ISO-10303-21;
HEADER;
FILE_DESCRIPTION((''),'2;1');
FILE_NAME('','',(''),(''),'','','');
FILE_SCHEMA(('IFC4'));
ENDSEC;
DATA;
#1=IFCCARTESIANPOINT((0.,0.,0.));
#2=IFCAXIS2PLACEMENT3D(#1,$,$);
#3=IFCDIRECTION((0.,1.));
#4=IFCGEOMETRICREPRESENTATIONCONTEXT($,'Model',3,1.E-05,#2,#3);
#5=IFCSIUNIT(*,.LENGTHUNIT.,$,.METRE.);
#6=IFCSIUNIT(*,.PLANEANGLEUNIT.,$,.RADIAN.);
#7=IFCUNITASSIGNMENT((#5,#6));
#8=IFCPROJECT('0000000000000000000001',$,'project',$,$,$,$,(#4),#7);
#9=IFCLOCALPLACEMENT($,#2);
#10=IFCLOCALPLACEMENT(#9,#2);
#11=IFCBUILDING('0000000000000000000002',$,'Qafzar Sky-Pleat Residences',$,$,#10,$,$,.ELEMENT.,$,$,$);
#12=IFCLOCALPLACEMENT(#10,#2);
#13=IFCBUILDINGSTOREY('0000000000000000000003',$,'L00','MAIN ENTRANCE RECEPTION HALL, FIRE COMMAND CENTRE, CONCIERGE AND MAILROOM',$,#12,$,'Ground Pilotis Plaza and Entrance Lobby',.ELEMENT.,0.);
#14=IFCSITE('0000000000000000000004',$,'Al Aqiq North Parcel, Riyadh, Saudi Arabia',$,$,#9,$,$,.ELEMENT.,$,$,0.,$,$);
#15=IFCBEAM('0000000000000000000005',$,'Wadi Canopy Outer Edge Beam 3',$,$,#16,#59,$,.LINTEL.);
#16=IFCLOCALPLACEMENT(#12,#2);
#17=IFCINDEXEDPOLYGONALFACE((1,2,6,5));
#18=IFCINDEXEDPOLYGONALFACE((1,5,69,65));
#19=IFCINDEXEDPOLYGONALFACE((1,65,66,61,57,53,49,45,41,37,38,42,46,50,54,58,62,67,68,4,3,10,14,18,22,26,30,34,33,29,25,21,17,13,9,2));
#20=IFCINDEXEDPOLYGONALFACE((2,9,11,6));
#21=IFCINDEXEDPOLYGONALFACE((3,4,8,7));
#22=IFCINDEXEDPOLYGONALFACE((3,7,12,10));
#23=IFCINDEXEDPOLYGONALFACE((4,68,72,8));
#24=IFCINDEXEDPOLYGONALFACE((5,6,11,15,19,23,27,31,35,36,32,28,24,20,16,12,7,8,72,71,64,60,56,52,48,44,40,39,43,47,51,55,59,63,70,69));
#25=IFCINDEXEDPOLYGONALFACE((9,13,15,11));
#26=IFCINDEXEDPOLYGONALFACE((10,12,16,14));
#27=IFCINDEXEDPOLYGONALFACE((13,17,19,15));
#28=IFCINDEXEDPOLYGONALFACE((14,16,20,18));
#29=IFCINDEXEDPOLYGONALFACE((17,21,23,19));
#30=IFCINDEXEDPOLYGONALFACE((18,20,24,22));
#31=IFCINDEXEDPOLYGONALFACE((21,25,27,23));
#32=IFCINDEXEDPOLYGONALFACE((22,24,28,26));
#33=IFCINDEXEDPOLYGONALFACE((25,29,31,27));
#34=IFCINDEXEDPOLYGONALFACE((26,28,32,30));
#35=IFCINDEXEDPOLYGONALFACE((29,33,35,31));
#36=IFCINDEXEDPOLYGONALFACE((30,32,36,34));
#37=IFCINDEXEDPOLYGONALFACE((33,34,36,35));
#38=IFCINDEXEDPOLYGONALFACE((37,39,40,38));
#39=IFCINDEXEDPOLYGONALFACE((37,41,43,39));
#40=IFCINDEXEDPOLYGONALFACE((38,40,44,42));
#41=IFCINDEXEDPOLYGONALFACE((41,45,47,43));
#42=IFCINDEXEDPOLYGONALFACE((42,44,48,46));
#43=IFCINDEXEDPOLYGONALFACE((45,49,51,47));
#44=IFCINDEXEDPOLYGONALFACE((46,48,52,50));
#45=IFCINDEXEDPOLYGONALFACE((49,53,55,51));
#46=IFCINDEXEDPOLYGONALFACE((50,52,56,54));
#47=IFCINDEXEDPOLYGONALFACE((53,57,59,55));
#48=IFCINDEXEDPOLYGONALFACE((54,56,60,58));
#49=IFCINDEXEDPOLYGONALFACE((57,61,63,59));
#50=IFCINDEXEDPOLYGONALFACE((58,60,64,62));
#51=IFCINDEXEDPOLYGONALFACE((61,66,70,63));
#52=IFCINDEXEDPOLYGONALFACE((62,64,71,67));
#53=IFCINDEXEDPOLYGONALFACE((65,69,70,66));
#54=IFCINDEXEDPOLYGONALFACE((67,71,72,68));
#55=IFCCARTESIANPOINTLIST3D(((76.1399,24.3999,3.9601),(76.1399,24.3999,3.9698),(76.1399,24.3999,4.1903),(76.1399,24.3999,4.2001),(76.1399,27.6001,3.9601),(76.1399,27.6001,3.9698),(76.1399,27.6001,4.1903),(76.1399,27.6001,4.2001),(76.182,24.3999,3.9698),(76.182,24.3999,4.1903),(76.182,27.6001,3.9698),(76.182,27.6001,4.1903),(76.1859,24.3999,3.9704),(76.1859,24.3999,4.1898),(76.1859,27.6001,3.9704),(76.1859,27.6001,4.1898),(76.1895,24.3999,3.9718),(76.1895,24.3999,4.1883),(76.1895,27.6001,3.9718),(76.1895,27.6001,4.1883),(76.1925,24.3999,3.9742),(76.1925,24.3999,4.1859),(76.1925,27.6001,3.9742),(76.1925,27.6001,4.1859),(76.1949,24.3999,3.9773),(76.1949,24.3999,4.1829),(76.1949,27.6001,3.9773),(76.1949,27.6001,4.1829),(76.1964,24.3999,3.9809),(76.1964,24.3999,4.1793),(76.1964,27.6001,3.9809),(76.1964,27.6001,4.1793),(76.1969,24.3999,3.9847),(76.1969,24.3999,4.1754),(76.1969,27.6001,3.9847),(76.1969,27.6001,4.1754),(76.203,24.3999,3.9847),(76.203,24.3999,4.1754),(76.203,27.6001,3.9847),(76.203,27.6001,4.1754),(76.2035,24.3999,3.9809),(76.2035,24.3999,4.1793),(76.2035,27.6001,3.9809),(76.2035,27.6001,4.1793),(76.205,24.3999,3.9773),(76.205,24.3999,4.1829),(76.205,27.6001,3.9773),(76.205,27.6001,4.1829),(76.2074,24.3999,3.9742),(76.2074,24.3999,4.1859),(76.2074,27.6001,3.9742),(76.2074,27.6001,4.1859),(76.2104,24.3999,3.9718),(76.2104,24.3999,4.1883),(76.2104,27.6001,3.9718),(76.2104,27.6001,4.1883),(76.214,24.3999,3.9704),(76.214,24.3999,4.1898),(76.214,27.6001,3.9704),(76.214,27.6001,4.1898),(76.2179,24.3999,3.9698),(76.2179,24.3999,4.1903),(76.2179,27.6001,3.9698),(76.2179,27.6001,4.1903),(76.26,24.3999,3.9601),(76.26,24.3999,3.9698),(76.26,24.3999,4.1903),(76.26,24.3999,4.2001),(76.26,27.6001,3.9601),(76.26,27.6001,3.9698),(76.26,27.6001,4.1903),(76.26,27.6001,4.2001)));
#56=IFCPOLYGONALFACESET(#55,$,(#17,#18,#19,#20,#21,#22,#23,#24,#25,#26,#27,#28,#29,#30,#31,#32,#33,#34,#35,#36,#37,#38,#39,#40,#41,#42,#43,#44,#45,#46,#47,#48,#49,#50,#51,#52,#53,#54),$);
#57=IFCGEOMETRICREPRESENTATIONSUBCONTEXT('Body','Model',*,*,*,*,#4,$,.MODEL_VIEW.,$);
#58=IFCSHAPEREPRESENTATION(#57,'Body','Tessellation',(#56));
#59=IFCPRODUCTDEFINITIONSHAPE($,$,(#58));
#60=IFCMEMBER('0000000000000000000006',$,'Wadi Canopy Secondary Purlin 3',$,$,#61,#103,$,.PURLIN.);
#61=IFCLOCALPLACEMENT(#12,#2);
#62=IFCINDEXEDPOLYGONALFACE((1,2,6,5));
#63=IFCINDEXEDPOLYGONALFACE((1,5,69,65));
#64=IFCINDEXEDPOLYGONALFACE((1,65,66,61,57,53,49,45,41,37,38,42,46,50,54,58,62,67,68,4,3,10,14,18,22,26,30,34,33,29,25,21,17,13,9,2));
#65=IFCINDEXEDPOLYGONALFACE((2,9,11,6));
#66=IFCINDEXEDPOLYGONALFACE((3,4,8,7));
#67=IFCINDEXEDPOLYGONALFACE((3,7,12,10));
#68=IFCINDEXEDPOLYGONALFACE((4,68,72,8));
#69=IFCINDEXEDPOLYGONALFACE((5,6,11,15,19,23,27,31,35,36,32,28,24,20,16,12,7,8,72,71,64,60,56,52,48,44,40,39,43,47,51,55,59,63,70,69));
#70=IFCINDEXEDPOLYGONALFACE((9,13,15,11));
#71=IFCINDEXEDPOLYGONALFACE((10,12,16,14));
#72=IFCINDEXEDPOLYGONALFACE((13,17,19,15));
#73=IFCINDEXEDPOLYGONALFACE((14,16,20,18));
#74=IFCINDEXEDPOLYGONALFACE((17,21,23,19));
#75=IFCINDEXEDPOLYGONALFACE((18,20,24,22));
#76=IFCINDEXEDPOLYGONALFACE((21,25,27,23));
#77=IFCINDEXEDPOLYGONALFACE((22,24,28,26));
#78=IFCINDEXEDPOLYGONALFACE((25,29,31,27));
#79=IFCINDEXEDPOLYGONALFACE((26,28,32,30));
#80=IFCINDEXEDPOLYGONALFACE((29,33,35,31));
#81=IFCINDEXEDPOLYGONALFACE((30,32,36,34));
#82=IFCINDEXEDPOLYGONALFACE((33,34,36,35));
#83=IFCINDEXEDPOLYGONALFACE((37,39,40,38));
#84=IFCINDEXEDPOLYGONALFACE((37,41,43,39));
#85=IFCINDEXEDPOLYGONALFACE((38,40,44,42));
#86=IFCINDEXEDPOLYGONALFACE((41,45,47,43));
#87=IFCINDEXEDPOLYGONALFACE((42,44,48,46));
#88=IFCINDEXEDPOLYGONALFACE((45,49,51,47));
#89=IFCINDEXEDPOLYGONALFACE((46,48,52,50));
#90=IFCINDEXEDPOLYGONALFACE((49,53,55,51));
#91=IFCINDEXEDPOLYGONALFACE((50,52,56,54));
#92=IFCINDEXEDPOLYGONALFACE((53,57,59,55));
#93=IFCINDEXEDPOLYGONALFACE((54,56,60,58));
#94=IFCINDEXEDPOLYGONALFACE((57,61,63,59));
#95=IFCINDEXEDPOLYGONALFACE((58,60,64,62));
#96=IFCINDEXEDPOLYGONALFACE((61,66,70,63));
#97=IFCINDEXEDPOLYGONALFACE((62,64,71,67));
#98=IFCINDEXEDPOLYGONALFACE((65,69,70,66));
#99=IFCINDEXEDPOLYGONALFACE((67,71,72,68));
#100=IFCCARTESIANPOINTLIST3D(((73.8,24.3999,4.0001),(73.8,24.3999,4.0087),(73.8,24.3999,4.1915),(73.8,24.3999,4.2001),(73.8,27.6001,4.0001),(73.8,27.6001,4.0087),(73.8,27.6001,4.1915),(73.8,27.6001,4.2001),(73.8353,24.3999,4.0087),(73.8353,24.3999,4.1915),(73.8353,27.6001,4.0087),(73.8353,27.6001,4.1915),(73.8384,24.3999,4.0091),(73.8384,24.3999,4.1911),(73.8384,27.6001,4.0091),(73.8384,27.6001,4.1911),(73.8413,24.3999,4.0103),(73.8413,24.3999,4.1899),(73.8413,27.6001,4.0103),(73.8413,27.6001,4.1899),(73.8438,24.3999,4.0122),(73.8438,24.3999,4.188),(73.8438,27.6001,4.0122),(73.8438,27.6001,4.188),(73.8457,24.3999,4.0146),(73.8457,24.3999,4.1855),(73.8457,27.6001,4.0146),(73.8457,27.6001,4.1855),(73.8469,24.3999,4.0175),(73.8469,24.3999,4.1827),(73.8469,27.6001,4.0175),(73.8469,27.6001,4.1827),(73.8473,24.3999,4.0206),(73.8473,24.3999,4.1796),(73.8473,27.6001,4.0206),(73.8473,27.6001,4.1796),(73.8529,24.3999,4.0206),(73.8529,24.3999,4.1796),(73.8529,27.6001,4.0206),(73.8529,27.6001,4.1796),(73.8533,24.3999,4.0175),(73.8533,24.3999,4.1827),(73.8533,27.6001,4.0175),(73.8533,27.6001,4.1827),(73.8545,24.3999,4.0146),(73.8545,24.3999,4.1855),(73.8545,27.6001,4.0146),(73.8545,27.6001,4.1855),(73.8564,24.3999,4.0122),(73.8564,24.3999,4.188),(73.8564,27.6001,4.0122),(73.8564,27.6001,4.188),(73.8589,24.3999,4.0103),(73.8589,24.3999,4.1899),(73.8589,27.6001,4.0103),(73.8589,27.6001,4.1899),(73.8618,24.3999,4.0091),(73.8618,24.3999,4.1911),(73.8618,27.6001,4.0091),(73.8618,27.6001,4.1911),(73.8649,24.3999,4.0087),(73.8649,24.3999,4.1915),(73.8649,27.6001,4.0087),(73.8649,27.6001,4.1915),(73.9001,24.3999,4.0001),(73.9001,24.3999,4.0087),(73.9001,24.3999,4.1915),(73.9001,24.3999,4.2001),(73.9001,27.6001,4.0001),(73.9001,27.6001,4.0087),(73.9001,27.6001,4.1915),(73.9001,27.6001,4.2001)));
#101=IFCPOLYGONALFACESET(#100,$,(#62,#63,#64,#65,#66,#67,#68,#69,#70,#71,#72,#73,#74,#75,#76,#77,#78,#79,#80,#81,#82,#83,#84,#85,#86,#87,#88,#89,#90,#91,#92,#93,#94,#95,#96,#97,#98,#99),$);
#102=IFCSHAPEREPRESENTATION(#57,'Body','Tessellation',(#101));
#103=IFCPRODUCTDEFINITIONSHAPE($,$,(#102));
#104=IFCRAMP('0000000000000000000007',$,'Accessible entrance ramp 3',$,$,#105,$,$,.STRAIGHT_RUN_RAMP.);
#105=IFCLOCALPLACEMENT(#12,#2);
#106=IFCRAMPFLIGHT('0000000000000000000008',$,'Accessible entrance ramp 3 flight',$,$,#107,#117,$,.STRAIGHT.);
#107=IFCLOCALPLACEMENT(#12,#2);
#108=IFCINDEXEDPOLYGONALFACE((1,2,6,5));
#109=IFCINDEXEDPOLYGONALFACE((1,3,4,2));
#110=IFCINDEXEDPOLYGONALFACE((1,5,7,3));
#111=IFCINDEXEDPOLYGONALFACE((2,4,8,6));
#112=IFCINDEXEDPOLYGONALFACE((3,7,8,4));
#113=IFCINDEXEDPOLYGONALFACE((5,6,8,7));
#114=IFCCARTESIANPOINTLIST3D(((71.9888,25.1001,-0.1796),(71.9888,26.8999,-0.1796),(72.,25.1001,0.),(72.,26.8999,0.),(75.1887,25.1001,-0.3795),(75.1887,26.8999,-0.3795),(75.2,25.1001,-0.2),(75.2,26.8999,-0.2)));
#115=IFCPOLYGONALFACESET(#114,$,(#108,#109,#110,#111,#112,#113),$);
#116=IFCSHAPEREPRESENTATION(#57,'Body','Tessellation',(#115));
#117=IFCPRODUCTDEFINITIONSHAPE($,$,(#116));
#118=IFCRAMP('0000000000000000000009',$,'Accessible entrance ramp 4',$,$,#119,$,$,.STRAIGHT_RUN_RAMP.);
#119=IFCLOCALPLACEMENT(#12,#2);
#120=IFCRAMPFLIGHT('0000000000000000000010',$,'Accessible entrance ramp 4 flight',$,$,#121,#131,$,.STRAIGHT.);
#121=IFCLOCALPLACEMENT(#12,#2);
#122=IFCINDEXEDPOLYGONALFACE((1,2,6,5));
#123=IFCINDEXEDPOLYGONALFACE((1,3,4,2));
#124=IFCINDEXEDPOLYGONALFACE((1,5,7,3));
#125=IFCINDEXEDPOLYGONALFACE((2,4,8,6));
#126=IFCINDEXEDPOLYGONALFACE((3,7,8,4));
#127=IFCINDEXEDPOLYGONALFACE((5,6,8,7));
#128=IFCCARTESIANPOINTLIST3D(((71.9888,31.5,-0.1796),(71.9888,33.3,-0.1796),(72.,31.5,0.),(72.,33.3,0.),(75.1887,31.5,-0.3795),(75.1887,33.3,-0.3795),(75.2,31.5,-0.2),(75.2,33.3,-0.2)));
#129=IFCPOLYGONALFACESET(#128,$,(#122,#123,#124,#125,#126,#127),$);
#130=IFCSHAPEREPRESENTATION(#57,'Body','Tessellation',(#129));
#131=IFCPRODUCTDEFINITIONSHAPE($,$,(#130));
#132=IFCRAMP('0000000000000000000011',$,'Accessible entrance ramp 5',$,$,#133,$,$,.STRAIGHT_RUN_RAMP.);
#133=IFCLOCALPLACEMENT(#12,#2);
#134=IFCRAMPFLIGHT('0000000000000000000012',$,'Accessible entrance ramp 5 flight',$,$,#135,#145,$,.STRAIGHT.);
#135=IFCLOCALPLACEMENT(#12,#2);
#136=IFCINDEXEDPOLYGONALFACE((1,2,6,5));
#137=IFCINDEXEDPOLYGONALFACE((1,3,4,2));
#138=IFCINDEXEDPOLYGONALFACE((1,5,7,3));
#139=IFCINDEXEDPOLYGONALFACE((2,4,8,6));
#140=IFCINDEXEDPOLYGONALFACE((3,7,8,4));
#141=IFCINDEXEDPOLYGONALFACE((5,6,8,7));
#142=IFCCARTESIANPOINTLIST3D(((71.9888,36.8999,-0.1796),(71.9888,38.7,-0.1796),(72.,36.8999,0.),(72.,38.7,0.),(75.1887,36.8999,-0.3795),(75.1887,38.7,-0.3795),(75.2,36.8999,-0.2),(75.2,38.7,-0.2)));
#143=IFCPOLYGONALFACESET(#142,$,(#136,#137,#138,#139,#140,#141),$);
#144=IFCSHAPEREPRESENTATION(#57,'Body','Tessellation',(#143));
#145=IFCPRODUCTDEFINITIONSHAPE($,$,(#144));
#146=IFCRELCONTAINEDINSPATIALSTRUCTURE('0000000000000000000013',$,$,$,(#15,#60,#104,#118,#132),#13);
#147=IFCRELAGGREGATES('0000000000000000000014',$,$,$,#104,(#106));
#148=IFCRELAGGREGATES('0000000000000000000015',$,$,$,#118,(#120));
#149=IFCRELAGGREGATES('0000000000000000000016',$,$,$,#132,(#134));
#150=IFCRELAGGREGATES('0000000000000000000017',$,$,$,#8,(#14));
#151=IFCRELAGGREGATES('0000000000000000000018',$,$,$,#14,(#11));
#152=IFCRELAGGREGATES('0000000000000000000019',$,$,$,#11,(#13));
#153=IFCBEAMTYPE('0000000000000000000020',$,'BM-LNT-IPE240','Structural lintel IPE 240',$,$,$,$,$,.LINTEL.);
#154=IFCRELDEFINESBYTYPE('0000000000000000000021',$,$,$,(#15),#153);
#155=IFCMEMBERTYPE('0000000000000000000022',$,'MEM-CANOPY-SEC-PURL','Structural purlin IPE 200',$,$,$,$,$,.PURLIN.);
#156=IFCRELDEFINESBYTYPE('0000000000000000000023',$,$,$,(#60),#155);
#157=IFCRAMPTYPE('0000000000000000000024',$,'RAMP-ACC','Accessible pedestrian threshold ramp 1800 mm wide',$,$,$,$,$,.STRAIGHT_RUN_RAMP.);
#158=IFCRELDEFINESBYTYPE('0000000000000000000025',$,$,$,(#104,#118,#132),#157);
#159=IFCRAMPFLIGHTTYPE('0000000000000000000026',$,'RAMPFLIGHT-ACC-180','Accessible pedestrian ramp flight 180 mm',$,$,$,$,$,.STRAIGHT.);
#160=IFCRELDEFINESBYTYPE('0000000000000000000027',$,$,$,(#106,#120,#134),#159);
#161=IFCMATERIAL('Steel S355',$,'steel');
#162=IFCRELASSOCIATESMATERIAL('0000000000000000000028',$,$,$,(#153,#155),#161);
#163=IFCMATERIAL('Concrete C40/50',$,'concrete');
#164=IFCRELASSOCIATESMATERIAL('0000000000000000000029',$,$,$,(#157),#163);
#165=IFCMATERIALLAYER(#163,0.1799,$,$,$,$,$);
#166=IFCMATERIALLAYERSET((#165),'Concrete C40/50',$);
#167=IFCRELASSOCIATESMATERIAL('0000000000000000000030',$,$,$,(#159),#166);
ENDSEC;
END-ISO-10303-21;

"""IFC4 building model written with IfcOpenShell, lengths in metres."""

from ifc_helpers import new_model, si_unit, direction, frame, origin, origin_2d, place, context, subcontext, project, spatial, polyline, i_section, outline, extrude, source, transform, mapped, material, layer, layer_set, material_profile, profile_set, type_object, element, aggregate, save


model = new_model("IFC4")

# Units and contexts
model_context = context("Model", 3, precision=1e-05, world=origin(), true_north=direction((0.0, 1.0)))
body_context = subcontext(model_context, "Body", "Model", "MODEL_VIEW")
ifc_project = project(units=[si_unit("LENGTHUNIT", "METRE"), si_unit("PLANEANGLEUNIT", "RADIAN")], contexts=[model_context])

# Site, building, storey
site_placement = place(None, origin())
site = spatial("IfcSite", under=ifc_project, at=site_placement, Name="Al Aqiq North Parcel, Riyadh, Saudi Arabia", CompositionType="ELEMENT", RefElevation=0.0)
building_placement = place(site_placement, origin())
building = spatial("IfcBuilding", under=site, at=building_placement, Name="Qafzar Sky-Pleat Residences", CompositionType="ELEMENT")
storey_placement = place(building_placement, origin())
storey = spatial("IfcBuildingStorey", under=building, at=storey_placement, Name="L00", Description="MAIN ENTRANCE RECEPTION HALL, FIRE COMMAND CENTRE, CONCIERGE AND MAILROOM", LongName="Ground Pilotis Plaza and Entrance Lobby", CompositionType="ELEMENT", Elevation=0.0)

# Shared definitions
ifc_material_1 = material(Name="Steel S355", Category="steel")

# Shared definitions
ifc_material_profile_1 = material_profile(ifc_material_1, i_section(OverallWidth=0.1201, OverallDepth=0.24, WebThickness=0.0061, FlangeThickness=0.0098, FilletRadius=0.0149, at=origin_2d()), Name="IPE 240")
ifc_profile_set_1 = profile_set([ifc_material_profile_1], Name="Steel S355")
beam_type = type_object("IfcBeamType", Name="BM-LNT-IPE240", Description="Structural lintel IPE 240", PredefinedType="LINTEL", material=ifc_profile_set_1)

# Shared definitions
ifc_material_profile_2 = material_profile(ifc_material_1, i_section(OverallWidth=0.1001, OverallDepth=0.2, WebThickness=0.0056, FlangeThickness=0.0085, FilletRadius=0.012, at=origin_2d()), Name="IPE 200")
ifc_profile_set_2 = profile_set([ifc_material_profile_2], Name="Steel S355")
member_type_1 = type_object("IfcMemberType", Name="MEM-CANOPY-SEC-PURL", Description="Structural purlin IPE 200", PredefinedType="PURLIN", material=ifc_profile_set_2)

# Beam
shared_shape_1 = source(origin(), body_context, "Body", "SweptSolid", [
    extrude(i_section(OverallWidth=0.1201, OverallDepth=0.24, WebThickness=0.0061, FlangeThickness=0.0098, FilletRadius=0.0149, at=origin_2d()), origin(), (0.0, 0.0, 1.0), 3.2002),
])
beam_placement = place(storey_placement, frame((76.2, 24.3999, 4.0801), z_axis=(0.0, 1.0, 0.0), x_axis=(-1.0, 0.0, 0.0)))
element("IfcBeam", 1, at=beam_placement, inside=storey, type_object=beam_type, Name="Wadi Canopy Outer Edge Beam 3", PredefinedType="LINTEL", context=body_context, shape_type="MappedRepresentation", body=[
    mapped(shared_shape_1, transform((0.0, 0.0, 0.0), x_axis=(1.0, 0.0, 0.0), y_axis=(0.0, 1.0, 0.0), z_axis=(0.0, 0.0, 1.0), scale=1.0)),
])

# Member
shared_shape_2 = source(origin(), body_context, "Body", "SweptSolid", [
    extrude(i_section(OverallWidth=0.1001, OverallDepth=0.2, WebThickness=0.0056, FlangeThickness=0.0085, FilletRadius=0.012, at=origin_2d()), origin(), (0.0, 0.0, 1.0), 3.2002),
])
member_1_placement = place(storey_placement, frame((73.8501, 24.3999, 4.1001), z_axis=(0.0, 1.0, 0.0), x_axis=(-1.0, 0.0, 0.0)))
element("IfcMember", 2, at=member_1_placement, inside=storey, type_object=member_type_1, Name="Wadi Canopy Secondary Purlin 3", PredefinedType="PURLIN", context=body_context, shape_type="MappedRepresentation", body=[
    mapped(shared_shape_2, transform((0.0, 0.0, 0.0), x_axis=(1.0, 0.0, 0.0), y_axis=(0.0, 1.0, 0.0), z_axis=(0.0, 0.0, 1.0), scale=1.0)),
])

# Ramps, ramp flights
ifc_material_2 = material(Name="Concrete C40/50", Category="concrete")
ramp_type = type_object("IfcRampType", Name="RAMP-ACC", Description="Accessible pedestrian threshold ramp 1800 mm wide", PredefinedType="STRAIGHT_RUN_RAMP", material=ifc_material_2)
ramp_1_placement = place(storey_placement, origin())
ramp_1 = element("IfcRamp", 3, at=ramp_1_placement, inside=storey, type_object=ramp_type, Name="Accessible entrance ramp 3", PredefinedType="STRAIGHT_RUN_RAMP")
ifc_layer_1 = layer(ifc_material_2, 0.1799)
ifc_layer_set_1 = layer_set([ifc_layer_1], Name="Concrete C40/50")
ramp_flight_type = type_object("IfcRampFlightType", Name="RAMPFLIGHT-ACC-180", Description="Accessible pedestrian ramp flight 180 mm", PredefinedType="STRAIGHT", material=ifc_layer_set_1)
ramp_flight_1_placement = place(storey_placement, frame((75.2, 25.1001, -0.2), z_axis=(0.062364, 0.0, 0.998053), x_axis=(-0.998053, 0.0, 0.062364)))
ramp_flight_1 = element("IfcRampFlight", 4, at=ramp_flight_1_placement, type_object=ramp_flight_type, Name="Accessible entrance ramp 3 flight", PredefinedType="STRAIGHT", context=body_context, shape_type="SweptSolid", body=[
    extrude(outline(polyline([(0.0, 0.0), (3.2062, 0.0), (3.2062, -1.7998), (0.0, -1.7998), (0.0, 0.0)])), origin(), (0.0, 0.0, -1.0), 0.1799),
])
aggregate(ramp_1, [ramp_flight_1])
ramp_2_placement = place(storey_placement, origin())
ramp_2 = element("IfcRamp", 5, at=ramp_2_placement, inside=storey, type_object=ramp_type, Name="Accessible entrance ramp 4", PredefinedType="STRAIGHT_RUN_RAMP")
ramp_flight_2_placement = place(storey_placement, frame((75.2, 31.5, -0.2), z_axis=(0.062364, 0.0, 0.998053), x_axis=(-0.998053, 0.0, 0.062364)))
ramp_flight_2 = element("IfcRampFlight", 6, at=ramp_flight_2_placement, type_object=ramp_flight_type, Name="Accessible entrance ramp 4 flight", PredefinedType="STRAIGHT", context=body_context, shape_type="SweptSolid", body=[
    extrude(outline(polyline([(0.0, 0.0), (3.2062, 0.0), (3.2062, -1.8), (0.0, -1.8), (0.0, 0.0)])), origin(), (0.0, 0.0, -1.0), 0.1799),
])
aggregate(ramp_2, [ramp_flight_2])
ramp_3_placement = place(storey_placement, origin())
ramp_3 = element("IfcRamp", 7, at=ramp_3_placement, inside=storey, type_object=ramp_type, Name="Accessible entrance ramp 5", PredefinedType="STRAIGHT_RUN_RAMP")
ramp_flight_3_placement = place(storey_placement, frame((75.2, 36.8999, -0.2), z_axis=(0.062364, 0.0, 0.998053), x_axis=(-0.998053, 0.0, 0.062364)))
ramp_flight_3 = element("IfcRampFlight", 8, at=ramp_flight_3_placement, type_object=ramp_flight_type, Name="Accessible entrance ramp 5 flight", PredefinedType="STRAIGHT", context=body_context, shape_type="SweptSolid", body=[
    extrude(outline(polyline([(0.0, 0.0), (3.2062, 0.0), (3.2062, -1.8), (0.0, -1.8), (0.0, 0.0)])), origin(), (0.0, 0.0, -1.0), 0.1799),
])
aggregate(ramp_3, [ramp_flight_3])

save(model, "model.ifc")
